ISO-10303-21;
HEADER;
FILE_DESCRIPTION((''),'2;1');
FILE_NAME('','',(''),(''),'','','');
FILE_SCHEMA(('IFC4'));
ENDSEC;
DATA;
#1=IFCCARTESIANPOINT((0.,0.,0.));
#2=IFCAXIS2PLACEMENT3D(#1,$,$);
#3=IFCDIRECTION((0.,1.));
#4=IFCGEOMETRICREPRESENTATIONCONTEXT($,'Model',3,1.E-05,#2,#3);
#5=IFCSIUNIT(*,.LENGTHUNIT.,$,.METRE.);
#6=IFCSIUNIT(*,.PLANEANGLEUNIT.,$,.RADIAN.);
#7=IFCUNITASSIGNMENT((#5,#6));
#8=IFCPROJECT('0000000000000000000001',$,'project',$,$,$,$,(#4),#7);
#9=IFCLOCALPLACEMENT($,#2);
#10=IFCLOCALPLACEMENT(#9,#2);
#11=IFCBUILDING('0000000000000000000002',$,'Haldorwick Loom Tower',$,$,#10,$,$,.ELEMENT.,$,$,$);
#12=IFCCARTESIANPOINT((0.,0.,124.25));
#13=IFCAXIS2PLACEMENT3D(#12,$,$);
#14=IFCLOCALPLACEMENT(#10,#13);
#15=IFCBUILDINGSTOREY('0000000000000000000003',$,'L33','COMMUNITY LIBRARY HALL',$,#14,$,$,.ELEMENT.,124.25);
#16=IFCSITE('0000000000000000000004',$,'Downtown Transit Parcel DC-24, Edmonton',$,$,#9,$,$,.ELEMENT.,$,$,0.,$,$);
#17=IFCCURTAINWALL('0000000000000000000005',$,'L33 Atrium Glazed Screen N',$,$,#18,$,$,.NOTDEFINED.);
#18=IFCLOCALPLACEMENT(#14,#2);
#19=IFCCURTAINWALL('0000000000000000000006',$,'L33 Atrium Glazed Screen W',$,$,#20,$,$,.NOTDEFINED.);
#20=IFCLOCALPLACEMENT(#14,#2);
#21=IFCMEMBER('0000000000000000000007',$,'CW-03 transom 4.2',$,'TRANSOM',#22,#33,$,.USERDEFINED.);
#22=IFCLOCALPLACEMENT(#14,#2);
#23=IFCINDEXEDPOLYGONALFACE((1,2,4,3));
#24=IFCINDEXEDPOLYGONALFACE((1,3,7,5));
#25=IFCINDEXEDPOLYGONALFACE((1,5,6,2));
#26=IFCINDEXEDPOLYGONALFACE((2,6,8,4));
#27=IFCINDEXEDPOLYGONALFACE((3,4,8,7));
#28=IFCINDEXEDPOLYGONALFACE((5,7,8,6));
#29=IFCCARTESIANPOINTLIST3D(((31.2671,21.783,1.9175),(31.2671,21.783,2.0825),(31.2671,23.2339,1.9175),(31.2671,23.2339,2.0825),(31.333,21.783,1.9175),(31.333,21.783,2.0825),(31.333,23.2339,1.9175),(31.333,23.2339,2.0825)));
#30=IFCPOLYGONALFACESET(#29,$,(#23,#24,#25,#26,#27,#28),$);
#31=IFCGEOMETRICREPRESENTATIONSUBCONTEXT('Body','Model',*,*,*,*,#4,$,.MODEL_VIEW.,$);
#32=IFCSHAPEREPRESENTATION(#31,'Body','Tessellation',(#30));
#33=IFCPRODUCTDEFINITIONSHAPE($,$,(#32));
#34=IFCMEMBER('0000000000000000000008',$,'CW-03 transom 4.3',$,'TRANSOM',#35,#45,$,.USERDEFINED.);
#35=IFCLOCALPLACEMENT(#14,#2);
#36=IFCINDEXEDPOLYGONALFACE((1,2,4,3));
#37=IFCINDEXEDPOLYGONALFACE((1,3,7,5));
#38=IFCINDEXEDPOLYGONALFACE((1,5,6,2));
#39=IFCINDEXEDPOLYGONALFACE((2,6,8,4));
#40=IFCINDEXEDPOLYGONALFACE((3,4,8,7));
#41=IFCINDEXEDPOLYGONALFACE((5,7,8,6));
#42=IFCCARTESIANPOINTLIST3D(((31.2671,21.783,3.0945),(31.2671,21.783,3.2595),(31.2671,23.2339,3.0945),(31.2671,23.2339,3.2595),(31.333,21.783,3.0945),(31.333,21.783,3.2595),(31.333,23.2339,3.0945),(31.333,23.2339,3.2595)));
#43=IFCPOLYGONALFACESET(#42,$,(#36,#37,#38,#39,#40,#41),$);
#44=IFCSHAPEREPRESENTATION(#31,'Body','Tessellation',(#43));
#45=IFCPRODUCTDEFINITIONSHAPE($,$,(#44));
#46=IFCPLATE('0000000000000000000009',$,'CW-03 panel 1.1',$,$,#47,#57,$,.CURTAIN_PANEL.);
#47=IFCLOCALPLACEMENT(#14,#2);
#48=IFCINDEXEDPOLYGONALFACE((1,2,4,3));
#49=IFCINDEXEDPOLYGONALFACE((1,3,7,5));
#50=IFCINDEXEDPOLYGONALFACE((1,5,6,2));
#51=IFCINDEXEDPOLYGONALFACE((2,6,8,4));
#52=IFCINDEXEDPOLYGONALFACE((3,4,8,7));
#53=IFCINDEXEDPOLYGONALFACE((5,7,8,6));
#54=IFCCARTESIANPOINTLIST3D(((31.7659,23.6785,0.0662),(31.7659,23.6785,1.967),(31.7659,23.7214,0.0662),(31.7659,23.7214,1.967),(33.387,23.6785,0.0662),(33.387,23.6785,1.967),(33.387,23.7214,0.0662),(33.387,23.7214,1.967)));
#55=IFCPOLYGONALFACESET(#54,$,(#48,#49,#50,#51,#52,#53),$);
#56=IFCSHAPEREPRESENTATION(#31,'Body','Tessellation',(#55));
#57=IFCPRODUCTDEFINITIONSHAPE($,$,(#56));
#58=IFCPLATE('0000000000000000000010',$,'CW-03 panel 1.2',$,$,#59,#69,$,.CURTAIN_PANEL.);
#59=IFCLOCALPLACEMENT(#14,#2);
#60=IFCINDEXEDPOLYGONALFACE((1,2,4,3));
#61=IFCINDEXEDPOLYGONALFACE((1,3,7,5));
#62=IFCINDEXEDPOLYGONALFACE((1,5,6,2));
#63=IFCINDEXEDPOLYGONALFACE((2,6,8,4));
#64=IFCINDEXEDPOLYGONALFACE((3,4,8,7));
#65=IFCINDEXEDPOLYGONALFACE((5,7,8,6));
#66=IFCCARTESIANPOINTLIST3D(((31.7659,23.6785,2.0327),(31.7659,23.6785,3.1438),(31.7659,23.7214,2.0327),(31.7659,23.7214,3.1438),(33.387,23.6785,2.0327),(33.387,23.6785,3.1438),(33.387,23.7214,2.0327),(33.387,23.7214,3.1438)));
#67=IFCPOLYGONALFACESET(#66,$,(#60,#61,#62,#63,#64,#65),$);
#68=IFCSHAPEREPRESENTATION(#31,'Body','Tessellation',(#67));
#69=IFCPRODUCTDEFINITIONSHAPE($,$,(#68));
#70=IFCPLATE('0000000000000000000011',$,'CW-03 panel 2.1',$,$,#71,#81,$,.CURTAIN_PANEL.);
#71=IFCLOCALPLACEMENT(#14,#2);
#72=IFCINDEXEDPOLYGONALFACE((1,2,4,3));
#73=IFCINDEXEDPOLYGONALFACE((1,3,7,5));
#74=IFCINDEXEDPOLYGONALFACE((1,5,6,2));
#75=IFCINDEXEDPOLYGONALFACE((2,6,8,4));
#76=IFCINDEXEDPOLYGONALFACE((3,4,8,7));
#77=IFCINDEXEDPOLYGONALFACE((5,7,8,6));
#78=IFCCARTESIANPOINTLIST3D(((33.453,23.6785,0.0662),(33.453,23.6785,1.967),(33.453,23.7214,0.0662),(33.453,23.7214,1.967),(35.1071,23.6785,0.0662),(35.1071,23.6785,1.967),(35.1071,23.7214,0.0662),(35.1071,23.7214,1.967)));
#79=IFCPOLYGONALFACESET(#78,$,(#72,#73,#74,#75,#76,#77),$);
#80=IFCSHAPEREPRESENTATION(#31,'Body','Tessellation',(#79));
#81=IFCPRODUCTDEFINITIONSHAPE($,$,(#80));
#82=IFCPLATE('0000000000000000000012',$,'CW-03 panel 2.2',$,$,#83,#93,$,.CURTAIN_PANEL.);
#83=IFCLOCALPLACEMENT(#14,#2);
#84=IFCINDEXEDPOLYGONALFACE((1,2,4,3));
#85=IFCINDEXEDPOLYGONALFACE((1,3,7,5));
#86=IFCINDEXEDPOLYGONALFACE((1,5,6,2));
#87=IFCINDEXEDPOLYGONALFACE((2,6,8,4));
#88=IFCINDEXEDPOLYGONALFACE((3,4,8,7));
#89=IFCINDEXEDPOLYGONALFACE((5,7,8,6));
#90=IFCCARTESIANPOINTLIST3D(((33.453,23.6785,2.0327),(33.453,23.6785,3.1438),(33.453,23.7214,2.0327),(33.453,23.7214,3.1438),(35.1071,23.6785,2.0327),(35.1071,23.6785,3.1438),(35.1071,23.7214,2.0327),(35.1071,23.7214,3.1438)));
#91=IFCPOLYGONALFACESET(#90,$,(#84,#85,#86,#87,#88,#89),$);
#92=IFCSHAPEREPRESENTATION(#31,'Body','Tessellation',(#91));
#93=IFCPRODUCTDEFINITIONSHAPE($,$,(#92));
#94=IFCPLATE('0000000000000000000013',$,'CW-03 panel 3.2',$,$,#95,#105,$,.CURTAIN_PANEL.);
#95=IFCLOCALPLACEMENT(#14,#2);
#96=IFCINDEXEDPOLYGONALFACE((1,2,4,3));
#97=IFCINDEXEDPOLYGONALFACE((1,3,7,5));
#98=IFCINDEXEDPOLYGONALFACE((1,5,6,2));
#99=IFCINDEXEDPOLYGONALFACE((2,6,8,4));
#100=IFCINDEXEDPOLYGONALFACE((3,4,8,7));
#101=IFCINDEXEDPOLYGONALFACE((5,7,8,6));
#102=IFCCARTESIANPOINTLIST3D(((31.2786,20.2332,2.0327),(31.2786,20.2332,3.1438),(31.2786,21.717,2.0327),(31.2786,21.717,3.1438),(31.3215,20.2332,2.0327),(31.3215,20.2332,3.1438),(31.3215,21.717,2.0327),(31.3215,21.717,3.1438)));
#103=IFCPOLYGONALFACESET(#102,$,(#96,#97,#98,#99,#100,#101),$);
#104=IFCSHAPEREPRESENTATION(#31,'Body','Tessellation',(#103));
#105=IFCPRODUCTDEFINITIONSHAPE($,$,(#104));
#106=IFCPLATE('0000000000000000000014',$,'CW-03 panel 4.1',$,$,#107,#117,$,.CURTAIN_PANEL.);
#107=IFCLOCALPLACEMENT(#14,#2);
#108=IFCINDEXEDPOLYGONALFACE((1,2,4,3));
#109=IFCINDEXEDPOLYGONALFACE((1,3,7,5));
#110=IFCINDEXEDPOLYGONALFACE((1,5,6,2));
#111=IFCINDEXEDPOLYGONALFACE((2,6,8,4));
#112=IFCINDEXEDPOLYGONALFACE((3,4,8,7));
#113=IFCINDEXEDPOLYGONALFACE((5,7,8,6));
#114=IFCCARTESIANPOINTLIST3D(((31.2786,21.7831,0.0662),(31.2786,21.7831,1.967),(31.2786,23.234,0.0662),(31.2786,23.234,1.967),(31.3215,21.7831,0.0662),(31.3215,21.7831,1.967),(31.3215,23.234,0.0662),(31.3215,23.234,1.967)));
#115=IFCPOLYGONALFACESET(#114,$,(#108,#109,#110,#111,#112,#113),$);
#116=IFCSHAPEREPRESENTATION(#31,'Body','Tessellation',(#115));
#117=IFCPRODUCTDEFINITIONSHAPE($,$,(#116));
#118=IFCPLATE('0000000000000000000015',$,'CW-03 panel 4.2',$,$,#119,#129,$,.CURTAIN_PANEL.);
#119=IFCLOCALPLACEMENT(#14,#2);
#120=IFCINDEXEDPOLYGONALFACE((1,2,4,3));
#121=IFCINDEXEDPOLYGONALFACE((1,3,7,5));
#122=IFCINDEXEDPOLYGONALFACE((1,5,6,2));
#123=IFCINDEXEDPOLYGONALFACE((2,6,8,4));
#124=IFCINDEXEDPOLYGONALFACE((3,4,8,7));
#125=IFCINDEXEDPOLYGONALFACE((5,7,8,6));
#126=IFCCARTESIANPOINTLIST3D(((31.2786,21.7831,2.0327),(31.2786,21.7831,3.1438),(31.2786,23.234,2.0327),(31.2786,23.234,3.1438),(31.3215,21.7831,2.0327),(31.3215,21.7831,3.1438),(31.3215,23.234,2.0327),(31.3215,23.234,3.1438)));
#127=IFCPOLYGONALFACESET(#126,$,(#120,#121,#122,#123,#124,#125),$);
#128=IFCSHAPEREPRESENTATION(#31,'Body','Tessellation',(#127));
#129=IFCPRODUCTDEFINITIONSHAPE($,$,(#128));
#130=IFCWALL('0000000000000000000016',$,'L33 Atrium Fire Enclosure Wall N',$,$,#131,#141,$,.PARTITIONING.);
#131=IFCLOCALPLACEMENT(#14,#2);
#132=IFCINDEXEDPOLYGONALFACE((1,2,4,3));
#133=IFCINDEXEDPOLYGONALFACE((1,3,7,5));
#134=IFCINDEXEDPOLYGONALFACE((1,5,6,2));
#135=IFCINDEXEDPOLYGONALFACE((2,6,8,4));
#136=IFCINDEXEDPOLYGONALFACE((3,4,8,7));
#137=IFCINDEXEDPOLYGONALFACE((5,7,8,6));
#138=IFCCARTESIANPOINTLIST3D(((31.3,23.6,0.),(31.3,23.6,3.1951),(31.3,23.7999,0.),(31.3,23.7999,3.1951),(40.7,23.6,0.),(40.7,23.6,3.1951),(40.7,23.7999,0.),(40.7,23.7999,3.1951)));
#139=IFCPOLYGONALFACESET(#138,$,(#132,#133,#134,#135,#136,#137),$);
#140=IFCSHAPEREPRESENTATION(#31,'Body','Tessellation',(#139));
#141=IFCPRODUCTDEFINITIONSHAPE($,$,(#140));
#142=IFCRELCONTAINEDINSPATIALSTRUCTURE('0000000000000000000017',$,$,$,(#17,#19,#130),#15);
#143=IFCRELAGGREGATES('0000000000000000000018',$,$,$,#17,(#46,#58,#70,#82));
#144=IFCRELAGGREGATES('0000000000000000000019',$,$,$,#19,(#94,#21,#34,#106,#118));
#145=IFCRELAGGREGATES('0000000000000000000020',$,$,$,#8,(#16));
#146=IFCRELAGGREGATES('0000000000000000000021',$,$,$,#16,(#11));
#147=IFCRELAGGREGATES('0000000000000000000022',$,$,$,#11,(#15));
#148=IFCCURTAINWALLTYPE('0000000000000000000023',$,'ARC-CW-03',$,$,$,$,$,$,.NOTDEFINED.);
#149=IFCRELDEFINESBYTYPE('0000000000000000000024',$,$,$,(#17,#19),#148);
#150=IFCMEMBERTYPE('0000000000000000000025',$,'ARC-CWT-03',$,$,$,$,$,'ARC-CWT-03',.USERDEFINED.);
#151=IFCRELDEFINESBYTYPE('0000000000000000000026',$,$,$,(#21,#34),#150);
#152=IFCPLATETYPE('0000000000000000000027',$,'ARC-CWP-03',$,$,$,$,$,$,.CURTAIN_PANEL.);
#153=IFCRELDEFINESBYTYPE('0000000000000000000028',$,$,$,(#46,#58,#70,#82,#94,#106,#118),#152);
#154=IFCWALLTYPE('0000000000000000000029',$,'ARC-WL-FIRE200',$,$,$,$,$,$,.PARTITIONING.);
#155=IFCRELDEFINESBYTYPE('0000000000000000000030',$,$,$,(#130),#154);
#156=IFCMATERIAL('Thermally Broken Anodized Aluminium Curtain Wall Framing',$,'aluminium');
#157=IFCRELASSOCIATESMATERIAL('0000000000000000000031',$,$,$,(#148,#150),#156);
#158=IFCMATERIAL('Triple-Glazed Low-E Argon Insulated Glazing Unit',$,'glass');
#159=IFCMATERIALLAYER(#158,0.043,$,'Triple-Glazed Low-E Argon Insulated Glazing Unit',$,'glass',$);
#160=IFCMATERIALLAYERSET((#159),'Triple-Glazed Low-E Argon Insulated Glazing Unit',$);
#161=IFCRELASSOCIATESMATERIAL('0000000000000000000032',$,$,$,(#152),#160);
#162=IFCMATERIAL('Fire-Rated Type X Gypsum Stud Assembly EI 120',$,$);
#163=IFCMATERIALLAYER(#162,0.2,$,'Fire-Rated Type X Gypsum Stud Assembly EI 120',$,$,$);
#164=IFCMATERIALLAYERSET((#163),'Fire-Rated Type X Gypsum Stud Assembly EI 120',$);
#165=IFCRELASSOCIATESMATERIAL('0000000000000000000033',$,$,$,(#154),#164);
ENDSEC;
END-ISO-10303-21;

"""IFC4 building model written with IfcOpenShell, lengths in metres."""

from ifc_helpers import new_model, si_unit, direction, frame, frame_2d, origin, origin_2d, place, context, subcontext, project, spatial, rectangle, extrude, material, layer, layer_set, material_profile, profile_set, type_object, element, aggregate, save


model = new_model("IFC4")

# Units and contexts
model_context = context("Model", 3, precision=1e-05, world=origin(), true_north=direction((0.0, 1.0)))
body_context = subcontext(model_context, "Body", "Model", "MODEL_VIEW")
ifc_project = project(units=[si_unit("LENGTHUNIT", "METRE"), si_unit("PLANEANGLEUNIT", "RADIAN")], contexts=[model_context])

# Site, building, storey
site_placement = place(None, origin())
site = spatial("IfcSite", under=ifc_project, at=site_placement, Name="Downtown Transit Parcel DC-24, Edmonton", CompositionType="ELEMENT", RefElevation=0.0)
building_placement = place(site_placement, origin())
building = spatial("IfcBuilding", under=site, at=building_placement, Name="Haldorwick Loom Tower", CompositionType="ELEMENT")
storey_placement = place(building_placement, frame((0.0, 0.0, 124.25)))
storey = spatial("IfcBuildingStorey", under=building, at=storey_placement, Name="L33", Description="COMMUNITY LIBRARY HALL", CompositionType="ELEMENT", Elevation=124.25)

# Curtain walls
ifc_material_1 = material(Name="Thermally Broken Anodized Aluminium Curtain Wall Framing", Category="aluminium")
curtain_wall_type = type_object("IfcCurtainWallType", Name="ARC-CW-03", PredefinedType="NOTDEFINED", material=ifc_material_1)
curtain_wall_1_placement = place(storey_placement, origin())
curtain_wall_1 = element("IfcCurtainWall", 1, at=curtain_wall_1_placement, inside=storey, type_object=curtain_wall_type, Name="L33 Atrium Glazed Screen N", PredefinedType="NOTDEFINED")
curtain_wall_2_placement = place(storey_placement, origin())
curtain_wall_2 = element("IfcCurtainWall", 2, at=curtain_wall_2_placement, inside=storey, type_object=curtain_wall_type, Name="L33 Atrium Glazed Screen W", PredefinedType="NOTDEFINED")

# Members
ifc_material_profile_1 = material_profile(ifc_material_1, rectangle(XDim=0.0659, YDim=0.165, at=origin_2d()), Name="ALU_TRN_66X165", Category="aluminium")
ifc_profile_set_1 = profile_set([ifc_material_profile_1], Name="Thermally Broken Anodized Aluminium Curtain Wall Framing")
member_type_1 = type_object("IfcMemberType", Name="ARC-CWT-03", ElementType="ARC-CWT-03", PredefinedType="USERDEFINED", material=ifc_profile_set_1)
member_1_placement = place(storey_placement, frame((31.3, 21.783, 2.0), z_axis=(0.0, 1.0, 0.0), x_axis=(-1.0, 0.0, 0.0)))
member_1 = element("IfcMember", 3, at=member_1_placement, type_object=member_type_1, Name="CW-03 transom 4.2", ObjectType="TRANSOM", PredefinedType="USERDEFINED", context=body_context, shape_type="SweptSolid", body=[
    extrude(rectangle(XDim=0.0659, YDim=0.165, at=origin_2d()), origin(), (0.0, 0.0, 1.0), 1.4509),
])
member_2_placement = place(storey_placement, frame((31.3, 21.783, 3.177), z_axis=(0.0, 1.0, 0.0), x_axis=(-1.0, 0.0, 0.0)))
member_2 = element("IfcMember", 4, at=member_2_placement, type_object=member_type_1, Name="CW-03 transom 4.3", ObjectType="TRANSOM", PredefinedType="USERDEFINED", context=body_context, shape_type="SweptSolid", body=[
    extrude(rectangle(XDim=0.0659, YDim=0.165, at=origin_2d()), origin(), (0.0, 0.0, 1.0), 1.4509),
])

# Plates
ifc_material_2 = material(Name="Triple-Glazed Low-E Argon Insulated Glazing Unit", Category="glass")
ifc_layer_1 = layer(ifc_material_2, 0.043, Name="Triple-Glazed Low-E Argon Insulated Glazing Unit", Category="glass")
ifc_layer_set_1 = layer_set([ifc_layer_1], Name="Triple-Glazed Low-E Argon Insulated Glazing Unit")
plate_type = type_object("IfcPlateType", Name="ARC-CWP-03", PredefinedType="CURTAIN_PANEL", material=ifc_layer_set_1)
plate_1_placement = place(storey_placement, frame((32.5764, 23.7, 0.0662), z_axis=(0.0, 0.0, 1.0), x_axis=(1.0, 0.0, 0.0)))
plate_1 = element("IfcPlate", 5, at=plate_1_placement, type_object=plate_type, Name="CW-03 panel 1.1", PredefinedType="CURTAIN_PANEL", context=body_context, shape_type="SweptSolid", body=[
    extrude(rectangle(XDim=1.6211, YDim=0.043, at=origin_2d()), origin(), (0.0, 0.0, 1.0), 1.9009),
])
plate_2_placement = place(storey_placement, frame((32.5764, 23.7, 2.0327), z_axis=(0.0, 0.0, 1.0), x_axis=(1.0, 0.0, 0.0)))
plate_2 = element("IfcPlate", 6, at=plate_2_placement, type_object=plate_type, Name="CW-03 panel 1.2", PredefinedType="CURTAIN_PANEL", context=body_context, shape_type="SweptSolid", body=[
    extrude(rectangle(XDim=1.6211, YDim=0.043, at=origin_2d()), origin(), (0.0, 0.0, 1.0), 1.1111),
])
plate_3_placement = place(storey_placement, frame((34.28, 23.7, 0.0662), z_axis=(0.0, 0.0, 1.0), x_axis=(1.0, 0.0, 0.0)))
plate_3 = element("IfcPlate", 7, at=plate_3_placement, type_object=plate_type, Name="CW-03 panel 2.1", PredefinedType="CURTAIN_PANEL", context=body_context, shape_type="SweptSolid", body=[
    extrude(rectangle(XDim=1.6541, YDim=0.043, at=origin_2d()), origin(), (0.0, 0.0, 1.0), 1.9009),
])
plate_4_placement = place(storey_placement, frame((34.28, 23.7, 2.0327), z_axis=(0.0, 0.0, 1.0), x_axis=(1.0, 0.0, 0.0)))
plate_4 = element("IfcPlate", 8, at=plate_4_placement, type_object=plate_type, Name="CW-03 panel 2.2", PredefinedType="CURTAIN_PANEL", context=body_context, shape_type="SweptSolid", body=[
    extrude(rectangle(XDim=1.6541, YDim=0.043, at=origin_2d()), origin(), (0.0, 0.0, 1.0), 1.1111),
])
aggregate(curtain_wall_1, [plate_1, plate_2, plate_3, plate_4])
plate_5_placement = place(storey_placement, frame((31.3, 20.9751, 2.0327), z_axis=(0.0, 0.0, 1.0), x_axis=(0.0, 1.0, 0.0)))
plate_5 = element("IfcPlate", 9, at=plate_5_placement, type_object=plate_type, Name="CW-03 panel 3.2", PredefinedType="CURTAIN_PANEL", context=body_context, shape_type="SweptSolid", body=[
    extrude(rectangle(XDim=1.4839, YDim=0.043, at=origin_2d()), origin(), (0.0, 0.0, 1.0), 1.1111),
])
plate_6_placement = place(storey_placement, frame((31.3, 22.5085, 0.0662), z_axis=(0.0, 0.0, 1.0), x_axis=(0.0, 1.0, 0.0)))
plate_6 = element("IfcPlate", 10, at=plate_6_placement, type_object=plate_type, Name="CW-03 panel 4.1", PredefinedType="CURTAIN_PANEL", context=body_context, shape_type="SweptSolid", body=[
    extrude(rectangle(XDim=1.4509, YDim=0.043, at=origin_2d()), origin(), (0.0, 0.0, 1.0), 1.9009),
])
plate_7_placement = place(storey_placement, frame((31.3, 22.5085, 2.0327), z_axis=(0.0, 0.0, 1.0), x_axis=(0.0, 1.0, 0.0)))
plate_7 = element("IfcPlate", 11, at=plate_7_placement, type_object=plate_type, Name="CW-03 panel 4.2", PredefinedType="CURTAIN_PANEL", context=body_context, shape_type="SweptSolid", body=[
    extrude(rectangle(XDim=1.4509, YDim=0.043, at=origin_2d()), origin(), (0.0, 0.0, 1.0), 1.1111),
])
aggregate(curtain_wall_2, [plate_5, member_1, member_2, plate_6, plate_7])

# Wall
ifc_material_3 = material(Name="Fire-Rated Type X Gypsum Stud Assembly EI 120")
ifc_layer_2 = layer(ifc_material_3, 0.2, Name="Fire-Rated Type X Gypsum Stud Assembly EI 120")
ifc_layer_set_2 = layer_set([ifc_layer_2], Name="Fire-Rated Type X Gypsum Stud Assembly EI 120")
wall_type = type_object("IfcWallType", Name="ARC-WL-FIRE200", PredefinedType="PARTITIONING", material=ifc_layer_set_2)
wall_placement = place(storey_placement, frame((31.3, 23.7, 0.0), z_axis=(0.0, 0.0, 1.0), x_axis=(1.0, 0.0, 0.0)))
element("IfcWall", 12, at=wall_placement, inside=storey, type_object=wall_type, Name="L33 Atrium Fire Enclosure Wall N", PredefinedType="PARTITIONING", context=body_context, shape_type="SweptSolid", body=[
    extrude(rectangle(XDim=9.3999, YDim=0.2, at=frame_2d((4.7, 0.0))), origin(), (0.0, 0.0, 1.0), 3.1951),
])

save(model, "model.ifc")
